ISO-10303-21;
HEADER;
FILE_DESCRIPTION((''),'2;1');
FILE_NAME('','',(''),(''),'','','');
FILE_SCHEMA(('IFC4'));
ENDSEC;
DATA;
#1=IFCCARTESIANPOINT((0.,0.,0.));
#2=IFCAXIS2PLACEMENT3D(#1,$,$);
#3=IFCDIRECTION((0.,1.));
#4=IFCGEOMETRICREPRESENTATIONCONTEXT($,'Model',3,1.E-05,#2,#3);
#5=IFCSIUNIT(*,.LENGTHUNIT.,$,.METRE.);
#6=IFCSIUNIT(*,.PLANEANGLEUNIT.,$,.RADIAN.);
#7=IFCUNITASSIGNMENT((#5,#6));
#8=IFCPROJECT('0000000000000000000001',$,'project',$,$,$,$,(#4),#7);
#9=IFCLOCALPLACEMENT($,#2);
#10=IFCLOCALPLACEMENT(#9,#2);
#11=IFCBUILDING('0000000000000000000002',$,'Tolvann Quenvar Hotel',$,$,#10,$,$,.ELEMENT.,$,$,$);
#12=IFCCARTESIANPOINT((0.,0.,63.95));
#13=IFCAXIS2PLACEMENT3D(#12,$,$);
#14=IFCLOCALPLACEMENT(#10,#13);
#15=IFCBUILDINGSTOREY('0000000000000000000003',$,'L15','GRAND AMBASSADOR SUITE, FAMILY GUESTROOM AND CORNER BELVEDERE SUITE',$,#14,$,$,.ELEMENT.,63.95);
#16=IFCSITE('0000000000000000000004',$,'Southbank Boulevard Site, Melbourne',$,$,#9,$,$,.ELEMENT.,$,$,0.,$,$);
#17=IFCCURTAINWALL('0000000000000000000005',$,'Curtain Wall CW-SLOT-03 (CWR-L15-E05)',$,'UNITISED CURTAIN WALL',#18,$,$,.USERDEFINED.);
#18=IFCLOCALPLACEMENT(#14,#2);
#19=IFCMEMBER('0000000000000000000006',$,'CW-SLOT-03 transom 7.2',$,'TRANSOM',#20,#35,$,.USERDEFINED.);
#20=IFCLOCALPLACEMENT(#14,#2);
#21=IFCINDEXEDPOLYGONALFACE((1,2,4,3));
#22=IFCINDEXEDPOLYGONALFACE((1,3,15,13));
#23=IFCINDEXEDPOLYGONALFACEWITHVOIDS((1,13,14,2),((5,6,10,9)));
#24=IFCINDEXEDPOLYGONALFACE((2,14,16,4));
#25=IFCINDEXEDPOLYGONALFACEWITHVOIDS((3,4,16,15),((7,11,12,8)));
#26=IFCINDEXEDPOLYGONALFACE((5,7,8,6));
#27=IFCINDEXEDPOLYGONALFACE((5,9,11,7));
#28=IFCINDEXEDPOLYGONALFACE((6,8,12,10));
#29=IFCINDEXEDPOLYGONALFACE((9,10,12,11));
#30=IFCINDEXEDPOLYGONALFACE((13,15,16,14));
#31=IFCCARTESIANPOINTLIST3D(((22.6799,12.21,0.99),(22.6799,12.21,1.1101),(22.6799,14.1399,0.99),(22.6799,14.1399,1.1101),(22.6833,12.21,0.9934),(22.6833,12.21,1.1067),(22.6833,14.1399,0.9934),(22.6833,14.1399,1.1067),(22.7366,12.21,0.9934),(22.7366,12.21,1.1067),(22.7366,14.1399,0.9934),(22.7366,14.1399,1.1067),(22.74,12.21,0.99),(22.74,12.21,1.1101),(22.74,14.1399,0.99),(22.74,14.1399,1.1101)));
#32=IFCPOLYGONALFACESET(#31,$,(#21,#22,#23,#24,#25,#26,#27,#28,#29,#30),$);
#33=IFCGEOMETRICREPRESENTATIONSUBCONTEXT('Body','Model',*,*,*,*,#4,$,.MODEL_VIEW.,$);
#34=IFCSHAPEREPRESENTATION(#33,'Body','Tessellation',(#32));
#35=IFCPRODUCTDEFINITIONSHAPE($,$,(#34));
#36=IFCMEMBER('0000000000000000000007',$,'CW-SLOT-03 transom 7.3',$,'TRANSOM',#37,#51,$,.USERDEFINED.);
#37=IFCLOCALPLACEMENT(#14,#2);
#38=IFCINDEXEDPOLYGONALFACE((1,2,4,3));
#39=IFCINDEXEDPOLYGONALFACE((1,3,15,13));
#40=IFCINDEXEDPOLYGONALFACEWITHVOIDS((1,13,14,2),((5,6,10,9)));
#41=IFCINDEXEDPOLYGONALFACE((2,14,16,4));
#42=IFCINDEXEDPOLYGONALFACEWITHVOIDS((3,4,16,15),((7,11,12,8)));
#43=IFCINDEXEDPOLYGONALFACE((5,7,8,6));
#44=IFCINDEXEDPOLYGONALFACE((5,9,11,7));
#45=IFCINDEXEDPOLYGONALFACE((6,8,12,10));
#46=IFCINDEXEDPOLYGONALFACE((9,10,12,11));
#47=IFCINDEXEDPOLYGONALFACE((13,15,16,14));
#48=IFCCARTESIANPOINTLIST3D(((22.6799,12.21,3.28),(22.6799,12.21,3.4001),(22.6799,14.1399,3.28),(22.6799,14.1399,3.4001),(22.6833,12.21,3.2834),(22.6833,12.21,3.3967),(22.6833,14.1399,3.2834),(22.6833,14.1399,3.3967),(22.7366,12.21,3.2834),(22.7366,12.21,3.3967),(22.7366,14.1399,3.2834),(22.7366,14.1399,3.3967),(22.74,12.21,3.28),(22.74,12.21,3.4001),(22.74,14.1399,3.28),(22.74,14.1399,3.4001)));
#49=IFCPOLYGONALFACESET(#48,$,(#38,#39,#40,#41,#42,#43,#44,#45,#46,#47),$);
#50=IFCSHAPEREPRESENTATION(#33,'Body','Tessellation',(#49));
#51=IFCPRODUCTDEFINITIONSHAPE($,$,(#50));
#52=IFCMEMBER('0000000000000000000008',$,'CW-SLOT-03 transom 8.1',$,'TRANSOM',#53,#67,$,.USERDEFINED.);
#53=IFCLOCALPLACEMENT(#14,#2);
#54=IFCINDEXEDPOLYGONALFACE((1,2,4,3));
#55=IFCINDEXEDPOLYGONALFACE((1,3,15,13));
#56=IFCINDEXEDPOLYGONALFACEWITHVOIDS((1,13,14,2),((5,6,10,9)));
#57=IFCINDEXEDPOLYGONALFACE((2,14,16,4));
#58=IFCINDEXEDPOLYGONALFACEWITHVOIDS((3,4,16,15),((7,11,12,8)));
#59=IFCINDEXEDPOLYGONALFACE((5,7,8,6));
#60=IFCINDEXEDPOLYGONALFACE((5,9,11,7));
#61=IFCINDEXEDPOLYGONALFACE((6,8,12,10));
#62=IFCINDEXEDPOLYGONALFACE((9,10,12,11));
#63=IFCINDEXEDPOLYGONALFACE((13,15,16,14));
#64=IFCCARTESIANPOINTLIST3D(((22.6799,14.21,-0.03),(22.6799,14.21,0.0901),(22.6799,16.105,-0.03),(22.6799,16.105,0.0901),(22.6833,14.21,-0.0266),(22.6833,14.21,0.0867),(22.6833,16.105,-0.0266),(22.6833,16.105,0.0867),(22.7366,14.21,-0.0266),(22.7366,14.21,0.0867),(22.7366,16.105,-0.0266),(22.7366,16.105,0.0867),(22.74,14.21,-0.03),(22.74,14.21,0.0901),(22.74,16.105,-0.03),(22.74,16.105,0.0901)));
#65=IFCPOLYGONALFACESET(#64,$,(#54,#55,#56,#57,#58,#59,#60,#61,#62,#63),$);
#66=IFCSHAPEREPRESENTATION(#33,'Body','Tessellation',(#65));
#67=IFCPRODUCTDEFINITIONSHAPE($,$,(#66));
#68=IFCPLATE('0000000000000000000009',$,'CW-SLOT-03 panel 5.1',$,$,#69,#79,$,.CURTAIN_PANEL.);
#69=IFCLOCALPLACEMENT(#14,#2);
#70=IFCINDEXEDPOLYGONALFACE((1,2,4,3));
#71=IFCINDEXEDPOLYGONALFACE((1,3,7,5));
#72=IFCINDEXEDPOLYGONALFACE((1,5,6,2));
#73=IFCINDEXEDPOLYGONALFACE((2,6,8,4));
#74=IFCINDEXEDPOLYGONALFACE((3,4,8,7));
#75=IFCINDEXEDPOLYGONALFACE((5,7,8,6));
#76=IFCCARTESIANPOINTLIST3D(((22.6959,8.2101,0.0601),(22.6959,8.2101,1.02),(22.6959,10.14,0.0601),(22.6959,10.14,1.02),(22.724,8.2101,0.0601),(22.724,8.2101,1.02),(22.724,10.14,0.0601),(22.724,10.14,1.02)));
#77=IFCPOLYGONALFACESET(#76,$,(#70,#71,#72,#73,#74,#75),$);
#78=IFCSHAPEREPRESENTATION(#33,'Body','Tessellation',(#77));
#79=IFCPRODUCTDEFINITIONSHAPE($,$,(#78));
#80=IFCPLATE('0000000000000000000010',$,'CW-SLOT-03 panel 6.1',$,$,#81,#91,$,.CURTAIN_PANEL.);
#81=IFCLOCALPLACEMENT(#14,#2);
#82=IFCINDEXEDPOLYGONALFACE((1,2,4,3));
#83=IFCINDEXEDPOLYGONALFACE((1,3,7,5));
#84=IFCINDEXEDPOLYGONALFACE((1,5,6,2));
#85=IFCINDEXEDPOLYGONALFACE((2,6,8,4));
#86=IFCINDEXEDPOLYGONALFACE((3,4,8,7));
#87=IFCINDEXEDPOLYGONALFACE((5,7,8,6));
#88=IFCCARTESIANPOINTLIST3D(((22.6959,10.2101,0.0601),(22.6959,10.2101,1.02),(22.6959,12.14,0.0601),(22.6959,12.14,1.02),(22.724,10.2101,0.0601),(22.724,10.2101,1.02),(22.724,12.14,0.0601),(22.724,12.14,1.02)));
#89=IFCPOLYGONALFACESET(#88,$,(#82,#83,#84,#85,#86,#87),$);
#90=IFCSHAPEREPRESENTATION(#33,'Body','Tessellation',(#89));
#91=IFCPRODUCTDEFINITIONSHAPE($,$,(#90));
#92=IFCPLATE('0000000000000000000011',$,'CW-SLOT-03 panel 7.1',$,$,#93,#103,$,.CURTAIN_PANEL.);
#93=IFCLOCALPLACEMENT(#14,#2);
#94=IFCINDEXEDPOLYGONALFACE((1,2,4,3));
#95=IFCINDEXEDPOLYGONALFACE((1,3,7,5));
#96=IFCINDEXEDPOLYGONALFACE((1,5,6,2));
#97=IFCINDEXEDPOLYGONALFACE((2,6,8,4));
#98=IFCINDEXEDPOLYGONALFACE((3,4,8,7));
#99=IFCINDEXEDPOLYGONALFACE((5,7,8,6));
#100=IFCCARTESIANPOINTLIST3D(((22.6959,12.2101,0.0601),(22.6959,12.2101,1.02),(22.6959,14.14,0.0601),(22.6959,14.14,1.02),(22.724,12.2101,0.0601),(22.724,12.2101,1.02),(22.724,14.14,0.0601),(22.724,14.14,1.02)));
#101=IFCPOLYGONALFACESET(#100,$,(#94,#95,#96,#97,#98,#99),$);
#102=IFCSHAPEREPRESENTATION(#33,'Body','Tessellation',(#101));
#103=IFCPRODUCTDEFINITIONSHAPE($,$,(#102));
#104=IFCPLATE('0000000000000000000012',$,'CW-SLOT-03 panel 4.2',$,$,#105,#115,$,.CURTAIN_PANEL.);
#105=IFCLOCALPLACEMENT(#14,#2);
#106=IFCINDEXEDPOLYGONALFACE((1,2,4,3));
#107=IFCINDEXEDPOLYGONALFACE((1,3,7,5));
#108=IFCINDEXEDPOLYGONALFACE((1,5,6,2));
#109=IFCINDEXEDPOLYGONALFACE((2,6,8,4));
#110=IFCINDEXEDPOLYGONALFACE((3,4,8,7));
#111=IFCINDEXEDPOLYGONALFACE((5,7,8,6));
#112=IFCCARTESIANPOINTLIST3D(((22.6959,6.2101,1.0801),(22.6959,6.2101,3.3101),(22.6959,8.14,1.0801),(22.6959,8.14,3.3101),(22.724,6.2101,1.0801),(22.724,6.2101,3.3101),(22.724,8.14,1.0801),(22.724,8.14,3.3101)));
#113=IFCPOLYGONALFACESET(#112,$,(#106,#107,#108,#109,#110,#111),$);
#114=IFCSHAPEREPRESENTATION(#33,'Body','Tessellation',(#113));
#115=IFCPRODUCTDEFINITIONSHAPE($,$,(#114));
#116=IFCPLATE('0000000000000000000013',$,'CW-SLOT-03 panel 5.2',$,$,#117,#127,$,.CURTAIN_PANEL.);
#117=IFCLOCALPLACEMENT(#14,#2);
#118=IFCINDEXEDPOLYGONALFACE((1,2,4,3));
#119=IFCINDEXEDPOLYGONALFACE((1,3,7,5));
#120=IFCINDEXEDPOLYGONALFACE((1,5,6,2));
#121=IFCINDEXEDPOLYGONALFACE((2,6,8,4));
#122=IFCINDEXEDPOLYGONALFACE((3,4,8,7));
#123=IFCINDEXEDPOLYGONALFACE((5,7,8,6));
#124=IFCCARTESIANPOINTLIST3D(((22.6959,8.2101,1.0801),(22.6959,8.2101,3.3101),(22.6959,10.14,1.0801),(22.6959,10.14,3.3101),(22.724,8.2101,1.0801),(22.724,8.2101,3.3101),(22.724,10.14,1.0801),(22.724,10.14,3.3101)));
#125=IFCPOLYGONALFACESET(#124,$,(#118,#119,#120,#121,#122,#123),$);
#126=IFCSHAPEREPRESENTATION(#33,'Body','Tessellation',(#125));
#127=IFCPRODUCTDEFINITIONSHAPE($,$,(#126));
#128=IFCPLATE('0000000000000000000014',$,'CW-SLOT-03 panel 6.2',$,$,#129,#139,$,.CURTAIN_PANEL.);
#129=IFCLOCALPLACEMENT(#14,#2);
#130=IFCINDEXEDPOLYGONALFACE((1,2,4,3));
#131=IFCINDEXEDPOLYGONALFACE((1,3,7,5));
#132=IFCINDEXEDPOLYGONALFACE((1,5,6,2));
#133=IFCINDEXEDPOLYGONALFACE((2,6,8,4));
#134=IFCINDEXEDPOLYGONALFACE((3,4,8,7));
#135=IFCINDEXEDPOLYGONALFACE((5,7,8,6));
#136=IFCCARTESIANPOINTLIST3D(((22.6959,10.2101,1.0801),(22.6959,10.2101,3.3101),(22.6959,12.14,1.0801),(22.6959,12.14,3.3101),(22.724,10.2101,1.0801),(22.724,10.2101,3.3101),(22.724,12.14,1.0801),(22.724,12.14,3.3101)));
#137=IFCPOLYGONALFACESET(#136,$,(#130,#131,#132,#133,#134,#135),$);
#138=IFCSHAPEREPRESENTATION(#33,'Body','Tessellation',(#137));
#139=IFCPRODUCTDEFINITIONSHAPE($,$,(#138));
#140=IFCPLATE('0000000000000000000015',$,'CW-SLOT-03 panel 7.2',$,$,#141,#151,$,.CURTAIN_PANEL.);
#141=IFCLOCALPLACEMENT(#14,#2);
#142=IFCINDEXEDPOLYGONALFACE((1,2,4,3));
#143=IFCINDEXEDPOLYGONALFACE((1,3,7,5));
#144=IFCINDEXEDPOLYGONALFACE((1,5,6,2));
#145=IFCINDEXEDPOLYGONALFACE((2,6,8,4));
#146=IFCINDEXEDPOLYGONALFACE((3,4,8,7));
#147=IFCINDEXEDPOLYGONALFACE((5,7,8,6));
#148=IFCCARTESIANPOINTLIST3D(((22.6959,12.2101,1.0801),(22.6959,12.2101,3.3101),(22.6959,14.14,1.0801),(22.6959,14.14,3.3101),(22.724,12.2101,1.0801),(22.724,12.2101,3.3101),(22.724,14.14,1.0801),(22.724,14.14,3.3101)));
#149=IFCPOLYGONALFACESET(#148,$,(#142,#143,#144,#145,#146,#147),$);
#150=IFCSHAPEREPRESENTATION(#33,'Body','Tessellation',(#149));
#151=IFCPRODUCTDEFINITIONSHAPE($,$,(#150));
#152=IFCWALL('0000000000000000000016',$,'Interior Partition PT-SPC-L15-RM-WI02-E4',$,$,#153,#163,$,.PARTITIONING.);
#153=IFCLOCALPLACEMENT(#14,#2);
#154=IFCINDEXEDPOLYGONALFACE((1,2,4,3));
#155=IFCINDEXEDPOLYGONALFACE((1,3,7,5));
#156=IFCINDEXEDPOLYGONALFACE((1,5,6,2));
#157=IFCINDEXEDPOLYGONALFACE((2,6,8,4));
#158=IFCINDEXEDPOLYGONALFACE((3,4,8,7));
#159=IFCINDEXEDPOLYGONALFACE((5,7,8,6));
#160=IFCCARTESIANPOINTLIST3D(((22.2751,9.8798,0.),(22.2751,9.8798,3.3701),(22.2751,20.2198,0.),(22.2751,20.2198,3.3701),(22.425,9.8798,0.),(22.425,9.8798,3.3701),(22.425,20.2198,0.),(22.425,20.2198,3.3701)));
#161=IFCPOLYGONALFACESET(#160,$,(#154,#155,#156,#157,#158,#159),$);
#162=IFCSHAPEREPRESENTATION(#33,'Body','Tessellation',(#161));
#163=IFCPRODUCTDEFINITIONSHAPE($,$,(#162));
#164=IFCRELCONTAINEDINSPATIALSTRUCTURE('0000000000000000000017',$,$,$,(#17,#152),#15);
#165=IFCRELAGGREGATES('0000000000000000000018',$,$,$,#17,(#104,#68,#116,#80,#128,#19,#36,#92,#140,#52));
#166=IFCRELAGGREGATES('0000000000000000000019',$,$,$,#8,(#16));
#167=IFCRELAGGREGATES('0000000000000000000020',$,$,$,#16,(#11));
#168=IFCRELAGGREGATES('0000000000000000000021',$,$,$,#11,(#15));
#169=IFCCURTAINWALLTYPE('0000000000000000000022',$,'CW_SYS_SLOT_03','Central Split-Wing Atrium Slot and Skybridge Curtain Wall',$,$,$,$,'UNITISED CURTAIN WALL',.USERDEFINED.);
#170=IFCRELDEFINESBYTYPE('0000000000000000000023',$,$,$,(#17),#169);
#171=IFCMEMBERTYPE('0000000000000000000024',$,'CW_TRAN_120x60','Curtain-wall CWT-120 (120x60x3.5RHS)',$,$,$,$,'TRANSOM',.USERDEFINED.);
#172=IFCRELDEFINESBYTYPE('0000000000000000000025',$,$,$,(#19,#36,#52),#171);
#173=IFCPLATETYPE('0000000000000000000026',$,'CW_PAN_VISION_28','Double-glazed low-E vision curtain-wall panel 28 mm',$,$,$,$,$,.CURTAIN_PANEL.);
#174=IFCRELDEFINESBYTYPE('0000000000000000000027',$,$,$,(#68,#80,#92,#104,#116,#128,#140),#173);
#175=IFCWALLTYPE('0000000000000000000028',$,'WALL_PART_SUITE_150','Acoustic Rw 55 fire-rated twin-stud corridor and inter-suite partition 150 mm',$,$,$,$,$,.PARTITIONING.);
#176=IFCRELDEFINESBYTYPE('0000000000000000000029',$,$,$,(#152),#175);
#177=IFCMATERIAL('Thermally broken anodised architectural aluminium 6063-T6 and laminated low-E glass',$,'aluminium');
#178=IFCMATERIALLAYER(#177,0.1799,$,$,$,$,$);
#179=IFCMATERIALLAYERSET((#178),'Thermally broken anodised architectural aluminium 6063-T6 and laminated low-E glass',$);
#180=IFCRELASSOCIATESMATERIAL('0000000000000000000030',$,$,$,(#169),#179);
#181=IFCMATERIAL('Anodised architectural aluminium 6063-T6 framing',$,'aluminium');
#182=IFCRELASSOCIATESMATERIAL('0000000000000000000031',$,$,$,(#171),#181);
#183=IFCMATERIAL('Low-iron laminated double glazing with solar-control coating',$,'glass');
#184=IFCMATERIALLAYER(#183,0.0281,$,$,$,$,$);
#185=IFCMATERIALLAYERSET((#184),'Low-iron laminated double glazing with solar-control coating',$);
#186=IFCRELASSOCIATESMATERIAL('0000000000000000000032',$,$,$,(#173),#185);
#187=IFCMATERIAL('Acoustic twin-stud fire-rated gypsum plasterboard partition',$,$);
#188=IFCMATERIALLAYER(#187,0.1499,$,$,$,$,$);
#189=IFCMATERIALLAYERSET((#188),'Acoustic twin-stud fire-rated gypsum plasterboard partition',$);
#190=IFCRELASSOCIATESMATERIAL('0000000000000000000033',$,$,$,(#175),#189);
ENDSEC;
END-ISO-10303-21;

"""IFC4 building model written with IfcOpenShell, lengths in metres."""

from ifc_helpers import new_model, si_unit, direction, frame, frame_2d, origin, origin_2d, place, context, subcontext, project, spatial, rectangle, hollow_rectangle, extrude, source, transform, mapped, material, layer, layer_set, material_profile, profile_set, type_object, type_shapes, element, aggregate, save


model = new_model("IFC4")

# Units and contexts
model_context = context("Model", 3, precision=1e-05, world=origin(), true_north=direction((0.0, 1.0)))
body_context = subcontext(model_context, "Body", "Model", "MODEL_VIEW")
ifc_project = project(units=[si_unit("LENGTHUNIT", "METRE"), si_unit("PLANEANGLEUNIT", "RADIAN")], contexts=[model_context])

# Site, building, storey
site_placement = place(None, origin())
site = spatial("IfcSite", under=ifc_project, at=site_placement, Name="Southbank Boulevard Site, Melbourne", CompositionType="ELEMENT", RefElevation=0.0)
building_placement = place(site_placement, origin())
building = spatial("IfcBuilding", under=site, at=building_placement, Name="Tolvann Quenvar Hotel", CompositionType="ELEMENT")
storey_placement = place(building_placement, frame((0.0, 0.0, 63.95)))
storey = spatial("IfcBuildingStorey", under=building, at=storey_placement, Name="L15", Description="GRAND AMBASSADOR SUITE, FAMILY GUESTROOM AND CORNER BELVEDERE SUITE", CompositionType="ELEMENT", Elevation=63.95)

# Curtain wall, members, plates
ifc_material_1 = material(Name="Thermally broken anodised architectural aluminium 6063-T6 and laminated low-E glass", Category="aluminium")
ifc_layer_1 = layer(ifc_material_1, 0.1799)
ifc_layer_set_1 = layer_set([ifc_layer_1], Name="Thermally broken anodised architectural aluminium 6063-T6 and laminated low-E glass")
curtain_wall_type = type_object("IfcCurtainWallType", Name="CW_SYS_SLOT_03", Description="Central Split-Wing Atrium Slot and Skybridge Curtain Wall", ElementType="UNITISED CURTAIN WALL", PredefinedType="USERDEFINED", material=ifc_layer_set_1)
curtain_wall_placement = place(storey_placement, origin())
curtain_wall = element("IfcCurtainWall", 1, at=curtain_wall_placement, inside=storey, type_object=curtain_wall_type, Name="Curtain Wall CW-SLOT-03 (CWR-L15-E05)", ObjectType="UNITISED CURTAIN WALL", PredefinedType="USERDEFINED")
ifc_material_2 = material(Name="Anodised architectural aluminium 6063-T6 framing", Category="aluminium")
ifc_material_profile_1 = material_profile(ifc_material_2, hollow_rectangle(XDim=0.0601, YDim=0.1201, WallThickness=0.0034, at=origin_2d()), Name="120x60x3.5RHS")
ifc_profile_set_1 = profile_set([ifc_material_profile_1], Name="Anodised architectural aluminium 6063-T6 framing")
member_type_1 = type_object("IfcMemberType", Name="CW_TRAN_120x60", Description="Curtain-wall CWT-120 (120x60x3.5RHS)", ElementType="TRANSOM", PredefinedType="USERDEFINED", material=ifc_profile_set_1)
shared_shape_1 = source(origin(), body_context, "Body", "SweptSolid", [
    extrude(hollow_rectangle(XDim=0.0601, YDim=0.1201, WallThickness=0.0034, at=origin_2d()), origin(), (0.0, 0.0, 1.0), 1.9299),
])
member_1_placement = place(storey_placement, frame((22.71, 12.21, 1.05), z_axis=(0.0, 1.0, 0.0), x_axis=(-1.0, 0.0, 0.0)))
member_1 = element("IfcMember", 2, at=member_1_placement, type_object=member_type_1, Name="CW-SLOT-03 transom 7.2", ObjectType="TRANSOM", PredefinedType="USERDEFINED", context=body_context, shape_type="MappedRepresentation", body=[
    mapped(shared_shape_1, transform((0.0, 0.0, 0.0), x_axis=(1.0, 0.0, 0.0), y_axis=(0.0, 1.0, 0.0), z_axis=(0.0, 0.0, 1.0), scale=1.0)),
])
member_2_placement = place(storey_placement, frame((22.71, 12.21, 3.3401), z_axis=(0.0, 1.0, 0.0), x_axis=(-1.0, 0.0, 0.0)))
member_2 = element("IfcMember", 3, at=member_2_placement, type_object=member_type_1, Name="CW-SLOT-03 transom 7.3", ObjectType="TRANSOM", PredefinedType="USERDEFINED", context=body_context, shape_type="MappedRepresentation", body=[
    mapped(shared_shape_1, transform((0.0, 0.0, 0.0), x_axis=(1.0, 0.0, 0.0), y_axis=(0.0, 1.0, 0.0), z_axis=(0.0, 0.0, 1.0), scale=1.0)),
])
shared_shape_2 = source(origin(), body_context, "Body", "SweptSolid", [
    extrude(hollow_rectangle(XDim=0.0601, YDim=0.1201, WallThickness=0.0034, at=origin_2d()), origin(), (0.0, 0.0, 1.0), 1.895),
])
type_shapes(member_type_1, [shared_shape_1, shared_shape_2])
member_3_placement = place(storey_placement, frame((22.71, 14.21, 0.03), z_axis=(0.0, 1.0, 0.0), x_axis=(-1.0, 0.0, 0.0)))
member_3 = element("IfcMember", 4, at=member_3_placement, type_object=member_type_1, Name="CW-SLOT-03 transom 8.1", ObjectType="TRANSOM", PredefinedType="USERDEFINED", context=body_context, shape_type="MappedRepresentation", body=[
    mapped(shared_shape_2, transform((0.0, 0.0, 0.0), x_axis=(1.0, 0.0, 0.0), y_axis=(0.0, 1.0, 0.0), z_axis=(0.0, 0.0, 1.0), scale=1.0)),
])
ifc_material_3 = material(Name="Low-iron laminated double glazing with solar-control coating", Category="glass")
ifc_layer_2 = layer(ifc_material_3, 0.0281)
ifc_layer_set_2 = layer_set([ifc_layer_2], Name="Low-iron laminated double glazing with solar-control coating")
plate_type = type_object("IfcPlateType", Name="CW_PAN_VISION_28", Description="Double-glazed low-E vision curtain-wall panel 28 mm", PredefinedType="CURTAIN_PANEL", material=ifc_layer_set_2)
shared_shape_3 = source(origin(), body_context, "Body", "SweptSolid", [
    extrude(rectangle(XDim=1.9299, YDim=0.0281, at=origin_2d()), origin(), (0.0, 0.0, 1.0), 0.96),
])
plate_1_placement = place(storey_placement, frame((22.71, 9.175, 0.0601), z_axis=(0.0, 0.0, 1.0), x_axis=(0.0, 1.0, 0.0)))
plate_1 = element("IfcPlate", 5, at=plate_1_placement, type_object=plate_type, Name="CW-SLOT-03 panel 5.1", PredefinedType="CURTAIN_PANEL", context=body_context, shape_type="MappedRepresentation", body=[
    mapped(shared_shape_3, transform((0.0, 0.0, 0.0), x_axis=(1.0, 0.0, 0.0), y_axis=(0.0, 1.0, 0.0), z_axis=(0.0, 0.0, 1.0), scale=1.0)),
])
plate_2_placement = place(storey_placement, frame((22.71, 11.175, 0.0601), z_axis=(0.0, 0.0, 1.0), x_axis=(0.0, 1.0, 0.0)))
plate_2 = element("IfcPlate", 6, at=plate_2_placement, type_object=plate_type, Name="CW-SLOT-03 panel 6.1", PredefinedType="CURTAIN_PANEL", context=body_context, shape_type="MappedRepresentation", body=[
    mapped(shared_shape_3, transform((0.0, 0.0, 0.0), x_axis=(1.0, 0.0, 0.0), y_axis=(0.0, 1.0, 0.0), z_axis=(0.0, 0.0, 1.0), scale=1.0)),
])
plate_3_placement = place(storey_placement, frame((22.71, 13.175, 0.0601), z_axis=(0.0, 0.0, 1.0), x_axis=(0.0, 1.0, 0.0)))
plate_3 = element("IfcPlate", 7, at=plate_3_placement, type_object=plate_type, Name="CW-SLOT-03 panel 7.1", PredefinedType="CURTAIN_PANEL", context=body_context, shape_type="MappedRepresentation", body=[
    mapped(shared_shape_3, transform((0.0, 0.0, 0.0), x_axis=(1.0, 0.0, 0.0), y_axis=(0.0, 1.0, 0.0), z_axis=(0.0, 0.0, 1.0), scale=1.0)),
])
shared_shape_4 = source(origin(), body_context, "Body", "SweptSolid", [
    extrude(rectangle(XDim=1.9299, YDim=0.0281, at=origin_2d()), origin(), (0.0, 0.0, 1.0), 2.23),
])
type_shapes(plate_type, [shared_shape_3, shared_shape_4])
plate_4_placement = place(storey_placement, frame((22.71, 7.175, 1.0801), z_axis=(0.0, 0.0, 1.0), x_axis=(0.0, 1.0, 0.0)))
plate_4 = element("IfcPlate", 8, at=plate_4_placement, type_object=plate_type, Name="CW-SLOT-03 panel 4.2", PredefinedType="CURTAIN_PANEL", context=body_context, shape_type="MappedRepresentation", body=[
    mapped(shared_shape_4, transform((0.0, 0.0, 0.0), x_axis=(1.0, 0.0, 0.0), y_axis=(0.0, 1.0, 0.0), z_axis=(0.0, 0.0, 1.0), scale=1.0)),
])
plate_5_placement = place(storey_placement, frame((22.71, 9.175, 1.0801), z_axis=(0.0, 0.0, 1.0), x_axis=(0.0, 1.0, 0.0)))
plate_5 = element("IfcPlate", 9, at=plate_5_placement, type_object=plate_type, Name="CW-SLOT-03 panel 5.2", PredefinedType="CURTAIN_PANEL", context=body_context, shape_type="MappedRepresentation", body=[
    mapped(shared_shape_4, transform((0.0, 0.0, 0.0), x_axis=(1.0, 0.0, 0.0), y_axis=(0.0, 1.0, 0.0), z_axis=(0.0, 0.0, 1.0), scale=1.0)),
])
plate_6_placement = place(storey_placement, frame((22.71, 11.175, 1.0801), z_axis=(0.0, 0.0, 1.0), x_axis=(0.0, 1.0, 0.0)))
plate_6 = element("IfcPlate", 10, at=plate_6_placement, type_object=plate_type, Name="CW-SLOT-03 panel 6.2", PredefinedType="CURTAIN_PANEL", context=body_context, shape_type="MappedRepresentation", body=[
    mapped(shared_shape_4, transform((0.0, 0.0, 0.0), x_axis=(1.0, 0.0, 0.0), y_axis=(0.0, 1.0, 0.0), z_axis=(0.0, 0.0, 1.0), scale=1.0)),
])
plate_7_placement = place(storey_placement, frame((22.71, 13.175, 1.0801), z_axis=(0.0, 0.0, 1.0), x_axis=(0.0, 1.0, 0.0)))
plate_7 = element("IfcPlate", 11, at=plate_7_placement, type_object=plate_type, Name="CW-SLOT-03 panel 7.2", PredefinedType="CURTAIN_PANEL", context=body_context, shape_type="MappedRepresentation", body=[
    mapped(shared_shape_4, transform((0.0, 0.0, 0.0), x_axis=(1.0, 0.0, 0.0), y_axis=(0.0, 1.0, 0.0), z_axis=(0.0, 0.0, 1.0), scale=1.0)),
])
aggregate(curtain_wall, [plate_4, plate_1, plate_5, plate_2, plate_6, member_1, member_2, plate_3, plate_7, member_3])

# Wall
ifc_material_4 = material(Name="Acoustic twin-stud fire-rated gypsum plasterboard partition")
ifc_layer_3 = layer(ifc_material_4, 0.1499)
ifc_layer_set_3 = layer_set([ifc_layer_3], Name="Acoustic twin-stud fire-rated gypsum plasterboard partition")
wall_type = type_object("IfcWallType", Name="WALL_PART_SUITE_150", Description="Acoustic Rw 55 fire-rated twin-stud corridor and inter-suite partition 150 mm", PredefinedType="PARTITIONING", material=ifc_layer_set_3)
wall_placement = place(storey_placement, frame((22.3501, 9.8799, 0.0), z_axis=(0.0, 0.0, 1.0), x_axis=(0.0, 1.0, 0.0)))
element("IfcWall", 12, at=wall_placement, inside=storey, type_object=wall_type, Name="Interior Partition PT-SPC-L15-RM-WI02-E4", PredefinedType="PARTITIONING", context=body_context, shape_type="SweptSolid", body=[
    extrude(rectangle(XDim=10.3401, YDim=0.1499, at=frame_2d((5.1699, 0.0))), origin(), (0.0, 0.0, 1.0), 3.3701),
])

save(model, "model.ifc")
